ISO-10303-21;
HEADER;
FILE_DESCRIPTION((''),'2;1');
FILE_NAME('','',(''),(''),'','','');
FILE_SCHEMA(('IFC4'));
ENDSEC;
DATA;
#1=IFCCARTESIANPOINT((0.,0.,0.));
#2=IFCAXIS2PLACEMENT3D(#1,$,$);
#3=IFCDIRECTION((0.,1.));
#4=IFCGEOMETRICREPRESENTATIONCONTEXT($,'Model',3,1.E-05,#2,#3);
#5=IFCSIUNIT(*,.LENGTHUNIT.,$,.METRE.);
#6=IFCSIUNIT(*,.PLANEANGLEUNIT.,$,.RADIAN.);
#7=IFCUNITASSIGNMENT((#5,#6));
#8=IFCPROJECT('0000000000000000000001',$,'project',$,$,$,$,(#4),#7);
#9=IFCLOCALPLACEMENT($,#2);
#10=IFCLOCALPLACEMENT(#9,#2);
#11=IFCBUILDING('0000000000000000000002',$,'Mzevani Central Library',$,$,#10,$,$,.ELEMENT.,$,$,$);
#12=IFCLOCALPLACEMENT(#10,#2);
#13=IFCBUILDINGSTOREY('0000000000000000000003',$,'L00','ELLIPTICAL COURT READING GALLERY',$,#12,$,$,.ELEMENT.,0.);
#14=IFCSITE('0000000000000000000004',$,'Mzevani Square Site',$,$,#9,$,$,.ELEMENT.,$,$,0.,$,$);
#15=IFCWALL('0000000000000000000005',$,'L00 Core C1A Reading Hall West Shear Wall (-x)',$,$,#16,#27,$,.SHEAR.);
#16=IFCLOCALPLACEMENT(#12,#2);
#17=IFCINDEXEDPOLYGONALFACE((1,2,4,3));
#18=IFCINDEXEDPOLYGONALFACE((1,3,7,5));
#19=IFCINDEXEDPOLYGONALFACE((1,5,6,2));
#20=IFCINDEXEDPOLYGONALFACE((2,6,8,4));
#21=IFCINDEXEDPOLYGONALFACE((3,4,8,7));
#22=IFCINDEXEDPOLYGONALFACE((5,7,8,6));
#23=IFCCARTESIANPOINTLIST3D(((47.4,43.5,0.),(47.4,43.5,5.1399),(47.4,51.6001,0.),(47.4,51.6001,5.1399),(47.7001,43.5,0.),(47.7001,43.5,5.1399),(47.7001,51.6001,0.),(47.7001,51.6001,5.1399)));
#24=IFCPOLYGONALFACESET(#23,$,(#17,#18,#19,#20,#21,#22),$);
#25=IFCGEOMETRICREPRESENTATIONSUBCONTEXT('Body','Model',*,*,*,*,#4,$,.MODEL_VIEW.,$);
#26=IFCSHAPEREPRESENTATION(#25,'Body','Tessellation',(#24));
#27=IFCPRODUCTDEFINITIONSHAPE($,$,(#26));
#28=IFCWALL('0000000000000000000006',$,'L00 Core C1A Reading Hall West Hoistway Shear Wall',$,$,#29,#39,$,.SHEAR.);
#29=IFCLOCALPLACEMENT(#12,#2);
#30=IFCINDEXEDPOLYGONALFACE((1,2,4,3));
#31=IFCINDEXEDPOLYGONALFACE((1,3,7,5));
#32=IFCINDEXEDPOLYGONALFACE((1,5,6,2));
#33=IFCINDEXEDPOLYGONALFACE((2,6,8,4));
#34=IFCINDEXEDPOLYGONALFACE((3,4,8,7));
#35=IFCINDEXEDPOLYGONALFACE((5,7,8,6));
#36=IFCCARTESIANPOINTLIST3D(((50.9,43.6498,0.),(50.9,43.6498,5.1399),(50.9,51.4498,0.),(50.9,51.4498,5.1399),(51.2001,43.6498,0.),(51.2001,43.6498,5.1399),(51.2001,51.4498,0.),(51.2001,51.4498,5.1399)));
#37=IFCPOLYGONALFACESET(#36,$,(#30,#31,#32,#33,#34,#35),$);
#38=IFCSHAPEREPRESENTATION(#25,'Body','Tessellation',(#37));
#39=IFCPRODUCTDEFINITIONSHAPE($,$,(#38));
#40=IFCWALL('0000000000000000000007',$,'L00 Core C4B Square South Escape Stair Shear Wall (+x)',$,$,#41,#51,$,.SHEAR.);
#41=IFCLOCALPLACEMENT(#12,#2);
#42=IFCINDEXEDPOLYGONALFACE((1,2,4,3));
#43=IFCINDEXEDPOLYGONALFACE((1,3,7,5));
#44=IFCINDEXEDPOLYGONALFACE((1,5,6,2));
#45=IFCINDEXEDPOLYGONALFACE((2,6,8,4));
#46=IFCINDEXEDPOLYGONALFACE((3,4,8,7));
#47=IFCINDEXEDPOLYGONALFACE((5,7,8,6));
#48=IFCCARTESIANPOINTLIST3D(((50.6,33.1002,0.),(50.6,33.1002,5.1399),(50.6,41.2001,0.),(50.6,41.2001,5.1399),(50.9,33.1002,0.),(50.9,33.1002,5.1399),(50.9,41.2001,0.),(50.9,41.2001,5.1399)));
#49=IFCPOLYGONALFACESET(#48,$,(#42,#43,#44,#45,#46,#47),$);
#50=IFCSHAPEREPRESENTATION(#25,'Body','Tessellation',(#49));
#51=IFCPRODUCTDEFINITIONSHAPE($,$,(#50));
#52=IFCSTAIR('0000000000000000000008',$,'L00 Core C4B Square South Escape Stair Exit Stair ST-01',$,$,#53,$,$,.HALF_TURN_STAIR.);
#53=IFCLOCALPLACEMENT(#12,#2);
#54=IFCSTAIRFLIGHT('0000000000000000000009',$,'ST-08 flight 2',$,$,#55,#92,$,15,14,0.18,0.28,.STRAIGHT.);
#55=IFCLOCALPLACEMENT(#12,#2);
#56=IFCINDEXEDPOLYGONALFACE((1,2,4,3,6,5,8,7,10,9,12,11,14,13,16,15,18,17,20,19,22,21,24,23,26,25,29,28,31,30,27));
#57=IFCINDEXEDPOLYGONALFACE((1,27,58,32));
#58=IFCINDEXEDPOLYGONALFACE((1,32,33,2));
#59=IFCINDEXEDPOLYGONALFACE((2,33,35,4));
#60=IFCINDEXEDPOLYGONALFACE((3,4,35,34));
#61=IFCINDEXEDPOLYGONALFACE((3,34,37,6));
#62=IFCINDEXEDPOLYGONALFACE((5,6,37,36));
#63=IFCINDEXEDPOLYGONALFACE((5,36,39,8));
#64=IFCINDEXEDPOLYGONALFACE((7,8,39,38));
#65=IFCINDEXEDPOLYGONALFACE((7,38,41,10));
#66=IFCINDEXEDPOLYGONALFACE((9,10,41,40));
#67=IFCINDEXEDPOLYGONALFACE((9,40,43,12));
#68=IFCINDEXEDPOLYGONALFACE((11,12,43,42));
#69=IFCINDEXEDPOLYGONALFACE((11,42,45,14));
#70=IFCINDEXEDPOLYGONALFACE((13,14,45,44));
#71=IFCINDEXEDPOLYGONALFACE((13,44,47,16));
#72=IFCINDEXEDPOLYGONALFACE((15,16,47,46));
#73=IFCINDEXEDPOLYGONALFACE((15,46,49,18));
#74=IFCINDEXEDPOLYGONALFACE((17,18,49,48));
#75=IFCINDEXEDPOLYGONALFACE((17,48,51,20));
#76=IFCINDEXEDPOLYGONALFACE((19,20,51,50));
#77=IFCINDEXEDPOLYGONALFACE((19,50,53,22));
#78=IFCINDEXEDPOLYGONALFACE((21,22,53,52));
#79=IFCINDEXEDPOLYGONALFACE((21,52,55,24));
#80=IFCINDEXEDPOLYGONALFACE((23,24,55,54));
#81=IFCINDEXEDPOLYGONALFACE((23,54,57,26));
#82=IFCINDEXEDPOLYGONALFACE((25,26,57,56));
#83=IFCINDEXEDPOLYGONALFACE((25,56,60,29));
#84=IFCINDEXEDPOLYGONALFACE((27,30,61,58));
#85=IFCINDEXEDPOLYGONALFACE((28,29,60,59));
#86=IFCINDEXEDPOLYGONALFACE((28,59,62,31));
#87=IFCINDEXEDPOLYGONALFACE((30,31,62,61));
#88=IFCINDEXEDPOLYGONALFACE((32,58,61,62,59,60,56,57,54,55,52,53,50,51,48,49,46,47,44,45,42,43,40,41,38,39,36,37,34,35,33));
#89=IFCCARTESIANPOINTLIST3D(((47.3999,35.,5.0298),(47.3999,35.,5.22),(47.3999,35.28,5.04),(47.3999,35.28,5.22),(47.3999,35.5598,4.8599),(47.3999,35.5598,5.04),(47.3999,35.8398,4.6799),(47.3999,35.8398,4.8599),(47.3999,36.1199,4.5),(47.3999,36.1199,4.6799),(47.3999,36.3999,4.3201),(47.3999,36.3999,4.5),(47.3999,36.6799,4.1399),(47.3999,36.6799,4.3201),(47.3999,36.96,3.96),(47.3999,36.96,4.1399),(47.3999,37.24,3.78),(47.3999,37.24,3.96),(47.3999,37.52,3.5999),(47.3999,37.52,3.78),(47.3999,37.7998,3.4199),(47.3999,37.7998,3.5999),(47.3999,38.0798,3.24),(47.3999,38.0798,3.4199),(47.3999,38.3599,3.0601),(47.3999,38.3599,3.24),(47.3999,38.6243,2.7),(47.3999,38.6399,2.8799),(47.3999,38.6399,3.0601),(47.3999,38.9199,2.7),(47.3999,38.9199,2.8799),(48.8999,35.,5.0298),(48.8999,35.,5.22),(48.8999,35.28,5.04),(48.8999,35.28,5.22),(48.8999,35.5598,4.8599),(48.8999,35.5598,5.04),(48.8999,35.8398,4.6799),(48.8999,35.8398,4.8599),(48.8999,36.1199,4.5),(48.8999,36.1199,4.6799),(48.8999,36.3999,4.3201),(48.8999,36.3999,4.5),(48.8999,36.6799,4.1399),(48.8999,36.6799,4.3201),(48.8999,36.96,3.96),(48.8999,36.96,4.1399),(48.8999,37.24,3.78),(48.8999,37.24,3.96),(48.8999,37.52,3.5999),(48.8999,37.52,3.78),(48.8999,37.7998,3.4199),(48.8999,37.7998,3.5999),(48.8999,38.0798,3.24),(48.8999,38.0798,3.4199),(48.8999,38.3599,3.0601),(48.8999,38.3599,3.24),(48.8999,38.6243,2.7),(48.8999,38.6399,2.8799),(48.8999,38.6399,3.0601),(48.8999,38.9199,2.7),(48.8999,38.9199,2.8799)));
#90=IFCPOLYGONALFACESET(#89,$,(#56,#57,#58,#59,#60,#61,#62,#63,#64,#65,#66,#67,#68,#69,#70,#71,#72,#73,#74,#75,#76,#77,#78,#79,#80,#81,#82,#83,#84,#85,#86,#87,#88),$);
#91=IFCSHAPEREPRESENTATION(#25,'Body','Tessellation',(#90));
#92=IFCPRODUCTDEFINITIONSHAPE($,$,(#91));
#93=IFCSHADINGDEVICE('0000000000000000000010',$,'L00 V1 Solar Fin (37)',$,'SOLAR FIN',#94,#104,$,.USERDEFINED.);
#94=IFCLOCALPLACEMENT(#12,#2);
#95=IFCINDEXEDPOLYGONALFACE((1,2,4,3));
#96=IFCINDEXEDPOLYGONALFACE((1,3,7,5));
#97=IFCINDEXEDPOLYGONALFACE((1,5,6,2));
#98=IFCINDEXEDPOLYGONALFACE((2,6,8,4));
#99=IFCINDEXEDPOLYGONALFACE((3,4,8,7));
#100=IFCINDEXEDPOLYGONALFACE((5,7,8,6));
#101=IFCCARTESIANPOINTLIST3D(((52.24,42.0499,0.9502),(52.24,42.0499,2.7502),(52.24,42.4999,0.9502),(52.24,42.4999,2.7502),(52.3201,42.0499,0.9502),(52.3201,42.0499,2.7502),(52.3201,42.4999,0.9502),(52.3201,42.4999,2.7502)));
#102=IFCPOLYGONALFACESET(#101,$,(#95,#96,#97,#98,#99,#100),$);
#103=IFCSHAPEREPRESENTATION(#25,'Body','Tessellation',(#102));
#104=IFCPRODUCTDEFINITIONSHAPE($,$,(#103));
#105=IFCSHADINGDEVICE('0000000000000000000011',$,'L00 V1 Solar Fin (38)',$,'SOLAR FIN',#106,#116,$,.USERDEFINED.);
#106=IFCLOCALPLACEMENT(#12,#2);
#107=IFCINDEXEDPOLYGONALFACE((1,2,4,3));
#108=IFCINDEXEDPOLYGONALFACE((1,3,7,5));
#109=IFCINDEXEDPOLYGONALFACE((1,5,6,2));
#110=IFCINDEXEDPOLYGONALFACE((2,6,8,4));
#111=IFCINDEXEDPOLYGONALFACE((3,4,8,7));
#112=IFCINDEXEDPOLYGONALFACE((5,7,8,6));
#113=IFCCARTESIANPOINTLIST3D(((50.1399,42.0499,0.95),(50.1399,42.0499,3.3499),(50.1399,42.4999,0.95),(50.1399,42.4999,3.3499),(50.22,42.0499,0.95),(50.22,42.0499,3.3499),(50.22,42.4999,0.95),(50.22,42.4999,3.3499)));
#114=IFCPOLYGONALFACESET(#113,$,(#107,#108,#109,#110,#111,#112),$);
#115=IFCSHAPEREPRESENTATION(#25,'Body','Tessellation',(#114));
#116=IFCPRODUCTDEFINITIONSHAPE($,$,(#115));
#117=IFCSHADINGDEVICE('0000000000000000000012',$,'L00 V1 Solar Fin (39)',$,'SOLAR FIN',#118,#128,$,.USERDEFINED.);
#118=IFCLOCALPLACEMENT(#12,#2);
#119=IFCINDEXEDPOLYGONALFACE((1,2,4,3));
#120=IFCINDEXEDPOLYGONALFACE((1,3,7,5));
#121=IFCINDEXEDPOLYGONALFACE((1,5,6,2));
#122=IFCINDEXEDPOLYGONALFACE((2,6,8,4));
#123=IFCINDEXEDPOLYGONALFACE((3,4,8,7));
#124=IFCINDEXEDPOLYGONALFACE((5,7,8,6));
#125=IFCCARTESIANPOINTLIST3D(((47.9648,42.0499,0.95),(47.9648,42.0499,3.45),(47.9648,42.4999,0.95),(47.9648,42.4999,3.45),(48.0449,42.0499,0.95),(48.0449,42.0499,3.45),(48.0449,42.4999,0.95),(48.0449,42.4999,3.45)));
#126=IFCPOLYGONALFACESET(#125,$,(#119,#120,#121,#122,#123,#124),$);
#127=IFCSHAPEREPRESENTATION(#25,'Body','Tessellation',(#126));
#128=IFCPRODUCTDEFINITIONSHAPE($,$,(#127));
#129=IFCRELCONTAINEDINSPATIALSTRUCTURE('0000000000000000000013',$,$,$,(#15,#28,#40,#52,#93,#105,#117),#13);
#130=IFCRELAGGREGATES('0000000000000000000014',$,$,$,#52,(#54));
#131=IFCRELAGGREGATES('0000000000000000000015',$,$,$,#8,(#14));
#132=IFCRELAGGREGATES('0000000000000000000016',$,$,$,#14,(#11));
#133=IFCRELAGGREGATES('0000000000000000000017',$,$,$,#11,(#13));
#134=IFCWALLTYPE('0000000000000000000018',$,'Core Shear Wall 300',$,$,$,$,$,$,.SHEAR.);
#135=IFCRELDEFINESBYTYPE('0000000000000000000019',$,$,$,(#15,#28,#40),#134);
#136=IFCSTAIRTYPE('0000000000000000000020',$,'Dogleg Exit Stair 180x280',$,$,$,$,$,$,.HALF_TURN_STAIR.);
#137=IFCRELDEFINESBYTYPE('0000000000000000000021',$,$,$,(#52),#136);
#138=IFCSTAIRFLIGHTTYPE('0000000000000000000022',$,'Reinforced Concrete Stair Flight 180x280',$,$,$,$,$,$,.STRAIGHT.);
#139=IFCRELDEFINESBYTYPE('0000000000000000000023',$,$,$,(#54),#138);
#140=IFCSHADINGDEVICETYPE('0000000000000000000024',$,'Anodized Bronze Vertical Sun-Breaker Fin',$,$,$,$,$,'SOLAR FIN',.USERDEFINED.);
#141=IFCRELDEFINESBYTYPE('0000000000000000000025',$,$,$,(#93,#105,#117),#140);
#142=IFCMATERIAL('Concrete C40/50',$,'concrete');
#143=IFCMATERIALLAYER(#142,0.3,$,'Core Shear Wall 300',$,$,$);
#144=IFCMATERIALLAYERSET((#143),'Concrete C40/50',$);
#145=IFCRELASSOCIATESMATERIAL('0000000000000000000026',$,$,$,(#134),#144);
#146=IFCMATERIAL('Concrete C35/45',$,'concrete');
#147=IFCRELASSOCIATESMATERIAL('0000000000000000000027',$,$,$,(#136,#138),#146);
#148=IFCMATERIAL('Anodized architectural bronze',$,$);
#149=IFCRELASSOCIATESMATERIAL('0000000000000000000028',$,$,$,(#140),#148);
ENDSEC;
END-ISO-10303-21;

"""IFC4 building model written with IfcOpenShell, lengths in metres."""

from ifc_helpers import new_model, si_unit, direction, frame, frame_2d, origin, origin_2d, place, context, subcontext, project, spatial, polyline, rectangle, outline, extrude, material, layer, layer_set, type_object, element, aggregate, save


model = new_model("IFC4")

# Units and contexts
model_context = context("Model", 3, precision=1e-05, world=origin(), true_north=direction((0.0, 1.0)))
body_context = subcontext(model_context, "Body", "Model", "MODEL_VIEW")
ifc_project = project(units=[si_unit("LENGTHUNIT", "METRE"), si_unit("PLANEANGLEUNIT", "RADIAN")], contexts=[model_context])

# Site, building, storey
site_placement = place(None, origin())
site = spatial("IfcSite", under=ifc_project, at=site_placement, Name="Mzevani Square Site", CompositionType="ELEMENT", RefElevation=0.0)
building_placement = place(site_placement, origin())
building = spatial("IfcBuilding", under=site, at=building_placement, Name="Mzevani Central Library", CompositionType="ELEMENT")
storey_placement = place(building_placement, origin())
storey = spatial("IfcBuildingStorey", under=building, at=storey_placement, Name="L00", Description="ELLIPTICAL COURT READING GALLERY", CompositionType="ELEMENT", Elevation=0.0)

# Walls
ifc_material_1 = material(Name="Concrete C40/50", Category="concrete")
ifc_layer_1 = layer(ifc_material_1, 0.3, Name="Core Shear Wall 300")
ifc_layer_set_1 = layer_set([ifc_layer_1], Name="Concrete C40/50")
wall_type = type_object("IfcWallType", Name="Core Shear Wall 300", PredefinedType="SHEAR", material=ifc_layer_set_1)
wall_1_placement = place(storey_placement, frame((47.55, 43.5, 0.0), z_axis=(0.0, 0.0, 1.0), x_axis=(0.0, 1.0, 0.0)))
element("IfcWall", 1, at=wall_1_placement, inside=storey, type_object=wall_type, Name="L00 Core C1A Reading Hall West Shear Wall (-x)", PredefinedType="SHEAR", context=body_context, shape_type="SweptSolid", body=[
    extrude(rectangle(XDim=8.1001, YDim=0.3, at=frame_2d((4.05, 0.0))), origin(), (0.0, 0.0, 1.0), 5.1399),
])
wall_2_placement = place(storey_placement, frame((51.05, 43.6499, 0.0), z_axis=(0.0, 0.0, 1.0), x_axis=(0.0, 1.0, 0.0)))
element("IfcWall", 2, at=wall_2_placement, inside=storey, type_object=wall_type, Name="L00 Core C1A Reading Hall West Hoistway Shear Wall", PredefinedType="SHEAR", context=body_context, shape_type="SweptSolid", body=[
    extrude(rectangle(XDim=7.8, YDim=0.3, at=frame_2d((3.8999, 0.0))), origin(), (0.0, 0.0, 1.0), 5.1399),
])
wall_3_placement = place(storey_placement, frame((50.75, 41.2, 0.0), z_axis=(0.0, 0.0, 1.0), x_axis=(0.0, -1.0, 0.0)))
element("IfcWall", 3, at=wall_3_placement, inside=storey, type_object=wall_type, Name="L00 Core C4B Square South Escape Stair Shear Wall (+x)", PredefinedType="SHEAR", context=body_context, shape_type="SweptSolid", body=[
    extrude(rectangle(XDim=8.0999, YDim=0.3, at=frame_2d((4.0498, 0.0))), origin(), (0.0, 0.0, 1.0), 5.1399),
])

# Stair, stair flight
ifc_material_2 = material(Name="Concrete C35/45", Category="concrete")
stair_type = type_object("IfcStairType", Name="Dogleg Exit Stair 180x280", PredefinedType="HALF_TURN_STAIR", material=ifc_material_2)
stair_placement = place(storey_placement, origin())
stair = element("IfcStair", 4, at=stair_placement, inside=storey, type_object=stair_type, Name="L00 Core C4B Square South Escape Stair Exit Stair ST-01", PredefinedType="HALF_TURN_STAIR")
stair_flight_type = type_object("IfcStairFlightType", Name="Reinforced Concrete Stair Flight 180x280", PredefinedType="STRAIGHT", material=ifc_material_2)
stair_flight_placement = place(storey_placement, frame((48.1499, 38.9199, 2.7), z_axis=(0.0, 0.0, 1.0), x_axis=(0.0, -1.0, 0.0)))
stair_flight = element("IfcStairFlight", 5, at=stair_flight_placement, type_object=stair_flight_type, Name="ST-08 flight 2", NumberOfRisers=15, NumberOfTreads=14, PredefinedType="STRAIGHT", RiserHeight=0.18, TreadLength=0.28, context=body_context, shape_type="SweptSolid", body=[
    extrude(outline(polyline([(0.0, 0.0), (0.0, 0.1799), (0.28, 0.1799), (0.28, 0.3601), (0.5601, 0.3601), (0.5601, 0.54), (0.8401, 0.54), (0.8401, 0.72), (1.1201, 0.72), (1.1201, 0.8999), (1.3999, 0.8999), (1.3999, 1.0801), (1.6799, 1.0801), (1.6799, 1.26), (1.96, 1.26), (1.96, 1.4399), (2.24, 1.4399), (2.24, 1.6201), (2.52, 1.6201), (2.52, 1.8), (2.8, 1.8), (2.8, 1.98), (3.0801, 1.98), (3.0801, 2.1599), (3.3601, 2.1599), (3.3601, 2.3401), (3.6399, 2.3401), (3.6399, 2.52), (3.9199, 2.52), (3.9199, 2.7), (3.9199, 2.3298), (0.2957, 0.0), (0.0, 0.0)])), frame((0.0, 0.75, 0.0), z_axis=(0.0, -1.0, 0.0), x_axis=(1.0, 0.0, 0.0)), (0.0, 0.0, 1.0), 1.5),
])
aggregate(stair, [stair_flight])

# Shading devices
ifc_material_3 = material(Name="Anodized architectural bronze")
shading_device_type = type_object("IfcShadingDeviceType", Name="Anodized Bronze Vertical Sun-Breaker Fin", ElementType="SOLAR FIN", PredefinedType="USERDEFINED", material=ifc_material_3)
shading_device_1_placement = place(storey_placement, frame((52.28, 42.2749, 0.9502), z_axis=(0.0, 0.0, 1.0), x_axis=(-1.0, 0.0, 0.0)))
element("IfcShadingDevice", 6, at=shading_device_1_placement, inside=storey, type_object=shading_device_type, Name="L00 V1 Solar Fin (37)", ObjectType="SOLAR FIN", PredefinedType="USERDEFINED", context=body_context, shape_type="SweptSolid", body=[
    extrude(rectangle(XDim=0.0801, YDim=0.45, at=origin_2d()), origin(), (0.0, 0.0, 1.0), 1.8),
])
shading_device_2_placement = place(storey_placement, frame((50.1799, 42.2749, 0.95), z_axis=(0.0, 0.0, 1.0), x_axis=(-1.0, 0.0, 0.0)))
element("IfcShadingDevice", 7, at=shading_device_2_placement, inside=storey, type_object=shading_device_type, Name="L00 V1 Solar Fin (38)", ObjectType="SOLAR FIN", PredefinedType="USERDEFINED", context=body_context, shape_type="SweptSolid", body=[
    extrude(rectangle(XDim=0.0801, YDim=0.45, at=origin_2d()), origin(), (0.0, 0.0, 1.0), 2.3999),
])
shading_device_3_placement = place(storey_placement, frame((48.0049, 42.2749, 0.95), z_axis=(0.0, 0.0, 1.0), x_axis=(-1.0, 0.0, 0.0)))
element("IfcShadingDevice", 8, at=shading_device_3_placement, inside=storey, type_object=shading_device_type, Name="L00 V1 Solar Fin (39)", ObjectType="SOLAR FIN", PredefinedType="USERDEFINED", context=body_context, shape_type="SweptSolid", body=[
    extrude(rectangle(XDim=0.0801, YDim=0.45, at=origin_2d()), origin(), (0.0, 0.0, 1.0), 2.5),
])

save(model, "model.ifc")
